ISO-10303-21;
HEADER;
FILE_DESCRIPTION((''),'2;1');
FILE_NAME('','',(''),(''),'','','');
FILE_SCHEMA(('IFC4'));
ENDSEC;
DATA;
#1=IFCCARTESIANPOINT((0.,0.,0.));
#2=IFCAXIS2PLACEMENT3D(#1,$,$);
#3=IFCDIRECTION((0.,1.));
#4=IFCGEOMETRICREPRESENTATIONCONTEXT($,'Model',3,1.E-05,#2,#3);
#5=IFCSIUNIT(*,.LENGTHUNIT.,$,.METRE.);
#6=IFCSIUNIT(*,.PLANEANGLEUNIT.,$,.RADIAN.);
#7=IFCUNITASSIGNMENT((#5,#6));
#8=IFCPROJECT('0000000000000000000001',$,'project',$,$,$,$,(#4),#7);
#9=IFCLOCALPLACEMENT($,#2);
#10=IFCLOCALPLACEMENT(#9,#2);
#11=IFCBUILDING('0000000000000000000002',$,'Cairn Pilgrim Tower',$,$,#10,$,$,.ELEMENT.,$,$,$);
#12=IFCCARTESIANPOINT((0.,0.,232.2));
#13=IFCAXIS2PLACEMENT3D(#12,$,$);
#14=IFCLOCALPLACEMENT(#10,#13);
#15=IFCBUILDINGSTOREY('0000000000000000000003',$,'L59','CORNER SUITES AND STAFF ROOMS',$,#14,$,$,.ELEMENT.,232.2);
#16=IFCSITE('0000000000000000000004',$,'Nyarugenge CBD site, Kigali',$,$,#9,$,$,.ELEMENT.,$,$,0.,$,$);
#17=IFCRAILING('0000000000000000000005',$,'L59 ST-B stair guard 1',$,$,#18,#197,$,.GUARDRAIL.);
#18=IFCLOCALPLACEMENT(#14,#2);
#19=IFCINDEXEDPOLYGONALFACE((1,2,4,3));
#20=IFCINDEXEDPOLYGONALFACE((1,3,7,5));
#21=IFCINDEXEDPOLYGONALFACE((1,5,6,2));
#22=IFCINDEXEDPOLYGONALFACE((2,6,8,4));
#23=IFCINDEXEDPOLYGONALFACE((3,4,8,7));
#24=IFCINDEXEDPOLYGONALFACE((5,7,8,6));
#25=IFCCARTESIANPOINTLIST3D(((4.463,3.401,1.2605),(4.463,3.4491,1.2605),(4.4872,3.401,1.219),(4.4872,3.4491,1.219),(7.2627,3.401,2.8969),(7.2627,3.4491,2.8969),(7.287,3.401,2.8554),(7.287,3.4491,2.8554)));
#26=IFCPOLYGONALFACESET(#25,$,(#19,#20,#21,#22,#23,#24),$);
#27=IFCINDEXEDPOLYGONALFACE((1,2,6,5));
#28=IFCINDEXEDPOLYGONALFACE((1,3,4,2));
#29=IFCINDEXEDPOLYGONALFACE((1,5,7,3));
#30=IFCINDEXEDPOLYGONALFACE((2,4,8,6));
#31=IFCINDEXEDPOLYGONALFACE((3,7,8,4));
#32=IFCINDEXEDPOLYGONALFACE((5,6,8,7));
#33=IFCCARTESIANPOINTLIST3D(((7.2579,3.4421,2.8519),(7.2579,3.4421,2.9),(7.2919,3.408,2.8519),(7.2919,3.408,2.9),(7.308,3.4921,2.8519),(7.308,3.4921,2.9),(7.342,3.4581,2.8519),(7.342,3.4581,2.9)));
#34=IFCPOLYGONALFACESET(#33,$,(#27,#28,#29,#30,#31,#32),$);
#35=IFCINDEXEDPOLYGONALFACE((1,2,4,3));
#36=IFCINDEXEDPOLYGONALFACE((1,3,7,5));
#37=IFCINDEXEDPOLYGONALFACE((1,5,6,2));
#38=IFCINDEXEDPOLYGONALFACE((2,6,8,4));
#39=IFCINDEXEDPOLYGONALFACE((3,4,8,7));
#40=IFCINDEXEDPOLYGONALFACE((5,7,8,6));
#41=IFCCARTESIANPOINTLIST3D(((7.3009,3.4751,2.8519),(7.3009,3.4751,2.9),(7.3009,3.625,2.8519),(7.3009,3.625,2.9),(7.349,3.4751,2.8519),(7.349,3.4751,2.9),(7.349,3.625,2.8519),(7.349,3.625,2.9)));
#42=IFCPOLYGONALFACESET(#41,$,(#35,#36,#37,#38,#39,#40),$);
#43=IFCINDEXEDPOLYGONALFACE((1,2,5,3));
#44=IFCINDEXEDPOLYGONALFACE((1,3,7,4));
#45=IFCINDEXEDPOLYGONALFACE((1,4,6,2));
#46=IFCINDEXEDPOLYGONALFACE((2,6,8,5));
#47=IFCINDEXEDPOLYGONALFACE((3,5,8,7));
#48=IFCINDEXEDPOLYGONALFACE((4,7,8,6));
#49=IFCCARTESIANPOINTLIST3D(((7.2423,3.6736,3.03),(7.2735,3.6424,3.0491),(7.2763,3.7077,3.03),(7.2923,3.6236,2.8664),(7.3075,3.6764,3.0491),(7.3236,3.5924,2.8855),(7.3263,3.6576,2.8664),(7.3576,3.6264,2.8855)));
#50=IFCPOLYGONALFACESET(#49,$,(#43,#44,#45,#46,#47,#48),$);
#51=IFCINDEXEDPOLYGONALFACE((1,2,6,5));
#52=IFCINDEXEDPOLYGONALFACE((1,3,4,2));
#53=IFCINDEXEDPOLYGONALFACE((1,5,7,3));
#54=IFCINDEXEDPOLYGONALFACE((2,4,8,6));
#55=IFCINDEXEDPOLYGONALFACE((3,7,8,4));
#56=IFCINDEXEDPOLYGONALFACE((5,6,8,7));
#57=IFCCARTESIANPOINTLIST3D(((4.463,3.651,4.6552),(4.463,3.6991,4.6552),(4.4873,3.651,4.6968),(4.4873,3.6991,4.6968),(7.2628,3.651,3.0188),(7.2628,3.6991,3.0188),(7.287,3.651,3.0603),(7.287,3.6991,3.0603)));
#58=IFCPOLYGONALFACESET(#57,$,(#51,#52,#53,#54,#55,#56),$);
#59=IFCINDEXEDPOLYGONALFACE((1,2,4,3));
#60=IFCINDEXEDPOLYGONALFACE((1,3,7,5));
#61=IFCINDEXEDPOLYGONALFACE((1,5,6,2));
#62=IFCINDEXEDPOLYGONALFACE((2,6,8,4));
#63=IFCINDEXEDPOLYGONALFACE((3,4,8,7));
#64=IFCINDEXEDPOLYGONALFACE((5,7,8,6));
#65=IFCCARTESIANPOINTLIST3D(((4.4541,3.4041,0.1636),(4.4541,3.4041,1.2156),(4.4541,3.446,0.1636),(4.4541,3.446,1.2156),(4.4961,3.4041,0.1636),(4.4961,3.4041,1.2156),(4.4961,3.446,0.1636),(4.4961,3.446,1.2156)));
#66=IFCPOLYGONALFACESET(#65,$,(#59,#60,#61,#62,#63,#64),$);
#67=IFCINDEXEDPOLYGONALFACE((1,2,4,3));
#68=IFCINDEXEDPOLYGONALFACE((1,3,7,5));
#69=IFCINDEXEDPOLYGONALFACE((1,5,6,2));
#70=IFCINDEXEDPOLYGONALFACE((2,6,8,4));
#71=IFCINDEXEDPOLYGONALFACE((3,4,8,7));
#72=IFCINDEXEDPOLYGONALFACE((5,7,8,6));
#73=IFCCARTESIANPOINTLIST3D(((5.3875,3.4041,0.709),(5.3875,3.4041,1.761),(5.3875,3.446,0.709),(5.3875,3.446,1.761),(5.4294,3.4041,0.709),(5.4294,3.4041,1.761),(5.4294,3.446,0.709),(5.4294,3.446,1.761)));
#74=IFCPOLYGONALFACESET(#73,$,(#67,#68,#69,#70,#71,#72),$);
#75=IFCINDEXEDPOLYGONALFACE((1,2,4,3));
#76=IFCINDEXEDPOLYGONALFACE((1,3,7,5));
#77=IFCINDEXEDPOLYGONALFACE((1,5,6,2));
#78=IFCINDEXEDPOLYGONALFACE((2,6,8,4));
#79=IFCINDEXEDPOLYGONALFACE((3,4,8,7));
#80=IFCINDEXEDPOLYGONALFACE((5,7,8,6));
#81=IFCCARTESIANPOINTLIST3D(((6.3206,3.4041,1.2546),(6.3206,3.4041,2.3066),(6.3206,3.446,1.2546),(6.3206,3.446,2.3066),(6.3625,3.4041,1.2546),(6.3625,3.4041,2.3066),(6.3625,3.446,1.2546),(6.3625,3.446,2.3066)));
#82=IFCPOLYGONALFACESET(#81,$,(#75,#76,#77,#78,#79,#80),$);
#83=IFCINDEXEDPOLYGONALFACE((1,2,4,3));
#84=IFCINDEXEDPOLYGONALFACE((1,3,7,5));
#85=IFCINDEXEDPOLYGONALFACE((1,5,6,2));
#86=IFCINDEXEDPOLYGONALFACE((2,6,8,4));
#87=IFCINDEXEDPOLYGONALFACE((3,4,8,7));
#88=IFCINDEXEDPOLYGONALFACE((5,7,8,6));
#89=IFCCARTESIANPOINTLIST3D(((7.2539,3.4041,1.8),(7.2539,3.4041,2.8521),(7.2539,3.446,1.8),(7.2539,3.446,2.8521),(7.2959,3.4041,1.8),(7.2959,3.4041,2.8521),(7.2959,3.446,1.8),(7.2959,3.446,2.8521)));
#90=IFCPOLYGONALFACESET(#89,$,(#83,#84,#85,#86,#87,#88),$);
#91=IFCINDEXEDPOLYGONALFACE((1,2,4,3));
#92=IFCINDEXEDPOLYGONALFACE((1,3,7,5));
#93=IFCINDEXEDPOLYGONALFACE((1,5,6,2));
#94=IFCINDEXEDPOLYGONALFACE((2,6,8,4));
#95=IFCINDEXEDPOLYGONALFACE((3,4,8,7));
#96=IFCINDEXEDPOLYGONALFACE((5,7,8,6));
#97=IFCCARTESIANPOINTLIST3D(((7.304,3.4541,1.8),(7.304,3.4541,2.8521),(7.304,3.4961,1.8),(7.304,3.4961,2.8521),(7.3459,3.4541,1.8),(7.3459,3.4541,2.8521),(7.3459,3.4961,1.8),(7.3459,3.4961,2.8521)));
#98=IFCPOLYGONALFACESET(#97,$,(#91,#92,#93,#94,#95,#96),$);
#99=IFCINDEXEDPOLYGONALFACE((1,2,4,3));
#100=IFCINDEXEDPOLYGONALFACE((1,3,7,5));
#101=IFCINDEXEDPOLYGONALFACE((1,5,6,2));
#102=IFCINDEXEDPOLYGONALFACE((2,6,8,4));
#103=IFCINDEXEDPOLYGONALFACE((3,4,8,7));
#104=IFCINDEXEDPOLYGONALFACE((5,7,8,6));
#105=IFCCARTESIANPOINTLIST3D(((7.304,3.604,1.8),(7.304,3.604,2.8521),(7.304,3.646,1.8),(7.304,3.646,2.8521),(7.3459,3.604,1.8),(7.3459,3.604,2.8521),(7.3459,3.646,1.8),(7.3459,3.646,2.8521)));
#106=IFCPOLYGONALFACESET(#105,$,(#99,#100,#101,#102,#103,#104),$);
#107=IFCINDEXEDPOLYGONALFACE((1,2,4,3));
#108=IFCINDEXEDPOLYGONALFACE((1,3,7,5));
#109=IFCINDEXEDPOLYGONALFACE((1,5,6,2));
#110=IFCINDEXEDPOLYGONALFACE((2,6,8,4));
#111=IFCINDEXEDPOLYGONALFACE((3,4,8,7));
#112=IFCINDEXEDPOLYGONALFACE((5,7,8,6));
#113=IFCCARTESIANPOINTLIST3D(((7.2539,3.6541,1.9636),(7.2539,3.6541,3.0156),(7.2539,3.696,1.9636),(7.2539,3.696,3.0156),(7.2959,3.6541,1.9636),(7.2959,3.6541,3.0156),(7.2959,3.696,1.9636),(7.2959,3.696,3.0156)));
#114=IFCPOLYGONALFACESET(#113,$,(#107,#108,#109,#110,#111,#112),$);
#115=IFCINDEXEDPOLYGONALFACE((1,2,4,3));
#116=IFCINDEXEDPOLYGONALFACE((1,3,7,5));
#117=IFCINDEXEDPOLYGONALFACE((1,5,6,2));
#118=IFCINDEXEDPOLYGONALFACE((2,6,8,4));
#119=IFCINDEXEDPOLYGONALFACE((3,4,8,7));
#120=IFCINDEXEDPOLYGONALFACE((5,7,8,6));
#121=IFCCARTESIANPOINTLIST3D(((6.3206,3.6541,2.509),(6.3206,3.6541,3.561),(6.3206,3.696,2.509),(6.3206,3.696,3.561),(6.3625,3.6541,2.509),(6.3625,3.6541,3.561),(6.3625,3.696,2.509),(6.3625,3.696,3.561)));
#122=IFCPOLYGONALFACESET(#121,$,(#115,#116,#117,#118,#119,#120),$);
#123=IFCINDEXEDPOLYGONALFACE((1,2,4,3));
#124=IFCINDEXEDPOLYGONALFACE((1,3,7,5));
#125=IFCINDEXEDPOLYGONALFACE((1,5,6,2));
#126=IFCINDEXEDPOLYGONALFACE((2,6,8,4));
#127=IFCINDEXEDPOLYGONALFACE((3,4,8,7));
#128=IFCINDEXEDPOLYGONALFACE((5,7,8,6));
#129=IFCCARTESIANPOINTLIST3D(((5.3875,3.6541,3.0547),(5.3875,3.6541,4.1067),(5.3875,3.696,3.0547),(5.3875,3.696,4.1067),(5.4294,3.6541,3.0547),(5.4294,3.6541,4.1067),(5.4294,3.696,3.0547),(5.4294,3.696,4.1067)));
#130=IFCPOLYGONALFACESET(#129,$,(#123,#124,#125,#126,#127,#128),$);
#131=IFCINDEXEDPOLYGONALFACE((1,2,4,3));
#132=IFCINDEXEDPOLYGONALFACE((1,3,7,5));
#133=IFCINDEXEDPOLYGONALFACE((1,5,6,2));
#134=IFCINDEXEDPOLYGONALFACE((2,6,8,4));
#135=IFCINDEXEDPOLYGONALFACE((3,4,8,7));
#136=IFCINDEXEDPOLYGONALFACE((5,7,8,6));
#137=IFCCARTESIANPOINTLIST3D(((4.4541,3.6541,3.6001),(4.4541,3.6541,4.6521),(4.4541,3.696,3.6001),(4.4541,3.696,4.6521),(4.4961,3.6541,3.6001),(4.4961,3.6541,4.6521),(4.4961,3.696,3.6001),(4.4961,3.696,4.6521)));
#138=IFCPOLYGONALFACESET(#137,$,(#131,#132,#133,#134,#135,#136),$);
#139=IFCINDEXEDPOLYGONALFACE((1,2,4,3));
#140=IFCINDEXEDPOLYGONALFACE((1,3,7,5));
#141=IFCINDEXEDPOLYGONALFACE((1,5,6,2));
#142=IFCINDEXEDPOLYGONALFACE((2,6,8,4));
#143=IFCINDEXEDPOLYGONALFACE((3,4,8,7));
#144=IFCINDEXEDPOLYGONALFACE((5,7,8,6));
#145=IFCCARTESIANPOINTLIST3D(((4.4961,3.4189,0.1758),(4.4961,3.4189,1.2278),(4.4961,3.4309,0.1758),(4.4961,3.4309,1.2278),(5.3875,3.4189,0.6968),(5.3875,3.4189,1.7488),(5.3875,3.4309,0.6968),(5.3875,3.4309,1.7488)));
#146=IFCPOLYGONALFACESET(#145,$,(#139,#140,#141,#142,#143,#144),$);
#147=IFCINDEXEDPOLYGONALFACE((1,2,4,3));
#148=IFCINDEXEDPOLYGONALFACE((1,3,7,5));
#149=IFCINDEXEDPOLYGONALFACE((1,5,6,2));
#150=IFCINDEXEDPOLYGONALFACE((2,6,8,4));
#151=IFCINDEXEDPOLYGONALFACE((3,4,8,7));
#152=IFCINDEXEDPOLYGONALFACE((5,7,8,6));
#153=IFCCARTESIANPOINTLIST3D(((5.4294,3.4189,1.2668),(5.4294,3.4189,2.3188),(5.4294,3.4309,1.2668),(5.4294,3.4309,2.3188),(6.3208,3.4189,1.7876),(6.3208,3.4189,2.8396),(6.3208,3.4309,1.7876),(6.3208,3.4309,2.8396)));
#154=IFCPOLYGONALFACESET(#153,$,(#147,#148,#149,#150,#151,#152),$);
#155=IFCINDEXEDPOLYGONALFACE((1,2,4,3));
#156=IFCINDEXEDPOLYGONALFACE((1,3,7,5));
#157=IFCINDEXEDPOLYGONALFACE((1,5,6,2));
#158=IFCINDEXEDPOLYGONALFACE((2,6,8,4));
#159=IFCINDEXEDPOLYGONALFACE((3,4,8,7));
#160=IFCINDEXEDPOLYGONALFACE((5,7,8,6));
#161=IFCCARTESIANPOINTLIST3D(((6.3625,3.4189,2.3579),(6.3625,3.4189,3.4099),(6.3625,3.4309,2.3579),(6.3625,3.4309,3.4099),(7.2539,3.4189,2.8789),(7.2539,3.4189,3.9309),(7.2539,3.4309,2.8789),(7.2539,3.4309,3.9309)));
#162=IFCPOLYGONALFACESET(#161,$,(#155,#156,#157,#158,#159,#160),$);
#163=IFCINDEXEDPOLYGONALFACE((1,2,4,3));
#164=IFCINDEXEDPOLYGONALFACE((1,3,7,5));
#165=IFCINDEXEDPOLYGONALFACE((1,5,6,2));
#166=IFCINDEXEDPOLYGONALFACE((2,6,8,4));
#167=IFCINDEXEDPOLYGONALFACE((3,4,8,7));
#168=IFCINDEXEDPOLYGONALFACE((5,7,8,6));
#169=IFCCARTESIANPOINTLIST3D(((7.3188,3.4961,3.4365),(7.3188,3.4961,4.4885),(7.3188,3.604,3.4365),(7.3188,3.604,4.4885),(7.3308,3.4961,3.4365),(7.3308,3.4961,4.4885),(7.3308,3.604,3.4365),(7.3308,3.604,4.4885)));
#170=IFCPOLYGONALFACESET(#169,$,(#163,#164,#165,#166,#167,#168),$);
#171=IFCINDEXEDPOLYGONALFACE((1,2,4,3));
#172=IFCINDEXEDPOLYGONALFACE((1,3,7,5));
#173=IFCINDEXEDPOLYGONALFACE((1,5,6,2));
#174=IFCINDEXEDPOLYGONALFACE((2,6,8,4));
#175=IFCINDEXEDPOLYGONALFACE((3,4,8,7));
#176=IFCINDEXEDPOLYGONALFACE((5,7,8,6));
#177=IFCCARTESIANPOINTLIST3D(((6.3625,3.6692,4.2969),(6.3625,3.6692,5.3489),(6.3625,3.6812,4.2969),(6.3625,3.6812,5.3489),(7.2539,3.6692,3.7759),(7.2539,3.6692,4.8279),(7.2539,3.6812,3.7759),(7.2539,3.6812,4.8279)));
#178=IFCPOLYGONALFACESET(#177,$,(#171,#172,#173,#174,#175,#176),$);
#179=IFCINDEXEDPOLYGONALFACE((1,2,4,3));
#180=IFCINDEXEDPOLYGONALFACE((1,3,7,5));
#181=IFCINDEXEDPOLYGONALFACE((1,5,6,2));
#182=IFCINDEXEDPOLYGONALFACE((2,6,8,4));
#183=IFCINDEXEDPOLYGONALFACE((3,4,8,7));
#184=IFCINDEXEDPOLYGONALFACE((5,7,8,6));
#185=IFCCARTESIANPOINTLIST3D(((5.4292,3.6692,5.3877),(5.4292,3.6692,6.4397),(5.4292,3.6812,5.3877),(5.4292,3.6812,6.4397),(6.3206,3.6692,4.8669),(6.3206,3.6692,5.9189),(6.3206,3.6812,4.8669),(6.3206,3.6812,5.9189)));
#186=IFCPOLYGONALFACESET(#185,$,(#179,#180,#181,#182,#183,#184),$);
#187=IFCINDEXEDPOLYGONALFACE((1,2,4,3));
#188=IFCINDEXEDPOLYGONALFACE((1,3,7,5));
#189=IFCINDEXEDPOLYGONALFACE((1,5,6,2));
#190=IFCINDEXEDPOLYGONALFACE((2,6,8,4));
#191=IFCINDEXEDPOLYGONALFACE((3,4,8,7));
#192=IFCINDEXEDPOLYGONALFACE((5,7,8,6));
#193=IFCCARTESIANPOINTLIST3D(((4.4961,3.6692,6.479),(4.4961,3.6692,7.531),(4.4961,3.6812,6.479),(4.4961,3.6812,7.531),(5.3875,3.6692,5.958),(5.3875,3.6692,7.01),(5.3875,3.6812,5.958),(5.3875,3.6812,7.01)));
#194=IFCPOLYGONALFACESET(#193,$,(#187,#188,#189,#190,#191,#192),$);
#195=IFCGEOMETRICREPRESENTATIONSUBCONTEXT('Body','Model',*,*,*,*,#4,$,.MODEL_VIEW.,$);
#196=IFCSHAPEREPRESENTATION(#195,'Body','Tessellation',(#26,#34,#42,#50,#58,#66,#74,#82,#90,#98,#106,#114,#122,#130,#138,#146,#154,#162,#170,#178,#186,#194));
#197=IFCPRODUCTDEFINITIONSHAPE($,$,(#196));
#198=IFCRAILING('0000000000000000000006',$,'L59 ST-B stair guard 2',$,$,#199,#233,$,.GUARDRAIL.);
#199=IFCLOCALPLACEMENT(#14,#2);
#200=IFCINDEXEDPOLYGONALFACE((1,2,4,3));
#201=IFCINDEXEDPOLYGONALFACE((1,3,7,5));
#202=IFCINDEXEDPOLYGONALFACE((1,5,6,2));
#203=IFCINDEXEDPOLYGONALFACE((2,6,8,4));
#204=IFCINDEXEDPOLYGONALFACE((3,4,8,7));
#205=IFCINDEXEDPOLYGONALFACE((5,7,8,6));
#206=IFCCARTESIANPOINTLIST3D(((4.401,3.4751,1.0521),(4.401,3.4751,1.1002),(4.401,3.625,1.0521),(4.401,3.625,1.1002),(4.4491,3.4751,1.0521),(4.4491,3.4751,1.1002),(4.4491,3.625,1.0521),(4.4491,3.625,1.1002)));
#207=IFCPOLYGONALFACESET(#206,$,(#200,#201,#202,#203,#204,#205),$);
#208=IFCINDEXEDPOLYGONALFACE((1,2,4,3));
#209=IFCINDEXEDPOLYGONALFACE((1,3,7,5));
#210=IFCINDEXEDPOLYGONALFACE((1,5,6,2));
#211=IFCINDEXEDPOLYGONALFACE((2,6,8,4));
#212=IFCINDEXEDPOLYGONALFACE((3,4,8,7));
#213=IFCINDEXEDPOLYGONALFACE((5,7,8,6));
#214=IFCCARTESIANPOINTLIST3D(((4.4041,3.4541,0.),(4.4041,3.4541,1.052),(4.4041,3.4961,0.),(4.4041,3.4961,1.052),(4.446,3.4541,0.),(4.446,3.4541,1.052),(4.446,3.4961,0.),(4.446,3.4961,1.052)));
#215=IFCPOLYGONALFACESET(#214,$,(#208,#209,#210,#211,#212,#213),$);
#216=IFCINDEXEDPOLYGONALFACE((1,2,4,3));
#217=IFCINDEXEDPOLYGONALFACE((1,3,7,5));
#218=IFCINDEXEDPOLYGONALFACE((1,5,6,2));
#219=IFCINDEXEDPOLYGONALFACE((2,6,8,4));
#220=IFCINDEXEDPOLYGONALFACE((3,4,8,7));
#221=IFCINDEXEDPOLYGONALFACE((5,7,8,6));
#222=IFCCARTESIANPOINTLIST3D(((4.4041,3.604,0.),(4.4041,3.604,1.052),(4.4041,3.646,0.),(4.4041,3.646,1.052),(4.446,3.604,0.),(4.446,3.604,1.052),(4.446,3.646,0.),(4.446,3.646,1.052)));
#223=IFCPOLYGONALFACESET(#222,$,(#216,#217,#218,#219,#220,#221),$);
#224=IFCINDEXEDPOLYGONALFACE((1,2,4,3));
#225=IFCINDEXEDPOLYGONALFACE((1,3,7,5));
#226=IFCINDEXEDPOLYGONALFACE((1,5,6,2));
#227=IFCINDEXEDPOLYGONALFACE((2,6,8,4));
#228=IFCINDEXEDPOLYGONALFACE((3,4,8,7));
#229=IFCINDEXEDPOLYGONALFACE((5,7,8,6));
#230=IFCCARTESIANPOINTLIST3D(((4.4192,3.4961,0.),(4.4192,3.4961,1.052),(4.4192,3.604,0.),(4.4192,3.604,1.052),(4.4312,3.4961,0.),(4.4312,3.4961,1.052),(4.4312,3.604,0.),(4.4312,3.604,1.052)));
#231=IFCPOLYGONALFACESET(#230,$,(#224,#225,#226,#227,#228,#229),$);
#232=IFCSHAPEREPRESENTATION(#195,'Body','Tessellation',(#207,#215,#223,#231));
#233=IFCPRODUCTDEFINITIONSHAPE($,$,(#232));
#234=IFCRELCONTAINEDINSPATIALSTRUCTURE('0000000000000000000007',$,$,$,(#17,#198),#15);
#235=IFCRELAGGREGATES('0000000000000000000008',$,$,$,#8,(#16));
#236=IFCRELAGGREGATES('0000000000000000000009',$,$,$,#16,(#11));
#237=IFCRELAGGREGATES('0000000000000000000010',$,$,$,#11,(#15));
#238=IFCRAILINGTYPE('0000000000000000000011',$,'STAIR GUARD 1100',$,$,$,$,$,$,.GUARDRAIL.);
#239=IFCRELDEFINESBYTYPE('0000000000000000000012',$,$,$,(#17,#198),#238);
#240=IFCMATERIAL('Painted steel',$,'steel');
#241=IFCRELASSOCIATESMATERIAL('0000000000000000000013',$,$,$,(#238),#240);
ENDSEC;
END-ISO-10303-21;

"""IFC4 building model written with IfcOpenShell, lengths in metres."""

from ifc_helpers import new_model, si_unit, direction, frame, origin, origin_2d, place, context, subcontext, project, spatial, polyline, rectangle, outline, extrude, material, type_object, element, save


model = new_model("IFC4")

# Units and contexts
model_context = context("Model", 3, precision=1e-05, world=origin(), true_north=direction((0.0, 1.0)))
body_context = subcontext(model_context, "Body", "Model", "MODEL_VIEW")
ifc_project = project(units=[si_unit("LENGTHUNIT", "METRE"), si_unit("PLANEANGLEUNIT", "RADIAN")], contexts=[model_context])

# Site, building, storey
site_placement = place(None, origin())
site = spatial("IfcSite", under=ifc_project, at=site_placement, Name="Nyarugenge CBD site, Kigali", CompositionType="ELEMENT", RefElevation=0.0)
building_placement = place(site_placement, origin())
building = spatial("IfcBuilding", under=site, at=building_placement, Name="Cairn Pilgrim Tower", CompositionType="ELEMENT")
storey_placement = place(building_placement, frame((0.0, 0.0, 232.2)))
storey = spatial("IfcBuildingStorey", under=building, at=storey_placement, Name="L59", Description="CORNER SUITES AND STAFF ROOMS", CompositionType="ELEMENT", Elevation=232.2)

# Shared definitions
ifc_material_1 = material(Name="Painted steel", Category="steel")

# Railings
railing_type_1 = type_object("IfcRailingType", Name="STAIR GUARD 1100", PredefinedType="GUARDRAIL", material=ifc_material_1)
railing_1_placement = place(storey_placement, frame((4.4751, 3.425, 0.1636)))
element("IfcRailing", 1, at=railing_1_placement, inside=storey, type_object=railing_type_1, Name="L59 ST-B stair guard 1", PredefinedType="GUARDRAIL", context=body_context, shape_type="SweptSolid", body=[
    extrude(rectangle(XDim=0.0481, YDim=0.0481, at=origin_2d()), frame((0.0, 0.0, 1.0762), z_axis=(0.863342, 0.0, 0.50462), x_axis=(0.0, 1.0, 0.0)), (0.0, 0.0, 1.0), 3.2429),
    extrude(rectangle(XDim=0.0481, YDim=0.0481, at=origin_2d()), frame((2.7998, 0.0, 2.7124), z_axis=(0.707107, 0.707107, 0.0), x_axis=(-0.707107, 0.707107, 0.0)), (0.0, 0.0, 1.0), 0.0708),
    extrude(rectangle(XDim=0.0481, YDim=0.0481, at=origin_2d()), frame((2.8499, 0.05, 2.7124), z_axis=(0.0, 1.0, 0.0), x_axis=(-1.0, 0.0, 0.0)), (0.0, 0.0, 1.0), 0.1499),
    extrude(rectangle(XDim=0.0481, YDim=0.0481, at=origin_2d()), frame((2.8499, 0.2, 2.7124), z_axis=(-0.280809, 0.280809, 0.917765), x_axis=(-0.707107, -0.707107, 0.0)), (0.0, 0.0, 1.0), 0.1782),
    extrude(rectangle(XDim=0.0481, YDim=0.0481, at=origin_2d()), frame((2.7998, 0.25, 2.876), z_axis=(-0.863342, 0.0, 0.50462), x_axis=(0.0, -1.0, 0.0)), (0.0, 0.0, 1.0), 3.2429),
    extrude(rectangle(XDim=0.042, YDim=0.042, at=origin_2d()), origin(), (0.0, 0.0, 1.0), 1.052),
    extrude(rectangle(XDim=0.042, YDim=0.042, at=origin_2d()), frame((0.9333, 0.0, 0.5454)), (0.0, 0.0, 1.0), 1.052),
    extrude(rectangle(XDim=0.042, YDim=0.042, at=origin_2d()), frame((1.8665, 0.0, 1.0911)), (0.0, 0.0, 1.0), 1.052),
    extrude(rectangle(XDim=0.042, YDim=0.042, at=origin_2d()), frame((2.7998, 0.0, 1.6365)), (0.0, 0.0, 1.0), 1.052),
    extrude(rectangle(XDim=0.042, YDim=0.042, at=origin_2d()), frame((2.8499, 0.05, 1.6365)), (0.0, 0.0, 1.0), 1.052),
    extrude(rectangle(XDim=0.042, YDim=0.042, at=origin_2d()), frame((2.8499, 0.2, 1.6365)), (0.0, 0.0, 1.0), 1.052),
    extrude(rectangle(XDim=0.042, YDim=0.042, at=origin_2d()), frame((2.7998, 0.25, 1.8)), (0.0, 0.0, 1.0), 1.052),
    extrude(rectangle(XDim=0.042, YDim=0.042, at=origin_2d()), frame((1.8665, 0.25, 2.3455)), (0.0, 0.0, 1.0), 1.052),
    extrude(rectangle(XDim=0.042, YDim=0.042, at=origin_2d()), frame((0.9333, 0.25, 2.8911)), (0.0, 0.0, 1.0), 1.052),
    extrude(rectangle(XDim=0.042, YDim=0.042, at=origin_2d()), frame((0.0, 0.25, 3.4365)), (0.0, 0.0, 1.0), 1.052),
    extrude(outline(polyline([(0.021, 0.0122), (0.9124, 0.5332), (0.9124, 1.5852), (0.021, 1.0642), (0.021, 0.0122)])), frame((0.0, 0.0059, 0.0), z_axis=(0.0, -1.0, 0.0), x_axis=(1.0, 0.0, 0.0)), (0.0, 0.0, 1.0), 0.012),
    extrude(outline(polyline([(0.021, 0.5579), (0.9124, 1.0786), (0.9124, 2.1306), (0.021, 1.6099), (0.021, 0.5579)])), frame((0.9333, 0.0059, 0.5454), z_axis=(0.0, -1.0, 0.0), x_axis=(1.0, 0.0, 0.0)), (0.0, 0.0, 1.0), 0.012),
    extrude(outline(polyline([(0.021, 1.1033), (0.9124, 1.6243), (0.9124, 2.6763), (0.021, 2.1553), (0.021, 1.1033)])), frame((1.8665, 0.0059, 1.0911), z_axis=(0.0, -1.0, 0.0), x_axis=(1.0, 0.0, 0.0)), (0.0, 0.0, 1.0), 0.012),
    extrude(outline(polyline([(0.021, 1.6365), (0.1289, 1.6365), (0.1289, 2.6885), (0.021, 2.6885), (0.021, 1.6365)])), frame((2.8438, 0.05, 1.6365), z_axis=(1.0, 0.0, 0.0), x_axis=(0.0, 1.0, 0.0)), (0.0, 0.0, 1.0), 0.012),
    extrude(outline(polyline([(0.021, 1.8123), (0.9124, 2.3333), (0.9124, 3.3853), (0.021, 2.8643), (0.021, 1.8123)])), frame((2.7998, 0.2441, 1.8), z_axis=(0.0, 1.0, 0.0), x_axis=(-1.0, 0.0, 0.0)), (0.0, 0.0, 1.0), 0.012),
    extrude(outline(polyline([(0.021, 2.3579), (0.9124, 2.8787), (0.9124, 3.9307), (0.021, 3.4099), (0.021, 2.3579)])), frame((1.8665, 0.2441, 2.3455), z_axis=(0.0, 1.0, 0.0), x_axis=(-1.0, 0.0, 0.0)), (0.0, 0.0, 1.0), 0.012),
    extrude(outline(polyline([(0.021, 2.9033), (0.9124, 3.4243), (0.9124, 4.4763), (0.021, 3.9553), (0.021, 2.9033)])), frame((0.9333, 0.2441, 2.8911), z_axis=(0.0, 1.0, 0.0), x_axis=(-1.0, 0.0, 0.0)), (0.0, 0.0, 1.0), 0.012),
])
railing_2_placement = place(storey_placement, frame((4.425, 3.4751, 0.0)))
element("IfcRailing", 2, at=railing_2_placement, inside=storey, type_object=railing_type_1, Name="L59 ST-B stair guard 2", PredefinedType="GUARDRAIL", context=body_context, shape_type="SweptSolid", body=[
    extrude(rectangle(XDim=0.0481, YDim=0.0481, at=origin_2d()), frame((0.0, 0.0, 1.0762), z_axis=(0.0, 1.0, 0.0), x_axis=(-1.0, 0.0, 0.0)), (0.0, 0.0, 1.0), 0.1499),
    extrude(rectangle(XDim=0.042, YDim=0.042, at=origin_2d()), origin(), (0.0, 0.0, 1.0), 1.052),
    extrude(rectangle(XDim=0.042, YDim=0.042, at=origin_2d()), frame((0.0, 0.1499, 0.0)), (0.0, 0.0, 1.0), 1.052),
    extrude(outline(polyline([(0.021, 0.0), (0.1289, 0.0), (0.1289, 1.052), (0.021, 1.052), (0.021, 0.0)])), frame((-0.0059, 0.0, 0.0), z_axis=(1.0, 0.0, 0.0), x_axis=(0.0, 1.0, 0.0)), (0.0, 0.0, 1.0), 0.012),
])

save(model, "model.ifc")
